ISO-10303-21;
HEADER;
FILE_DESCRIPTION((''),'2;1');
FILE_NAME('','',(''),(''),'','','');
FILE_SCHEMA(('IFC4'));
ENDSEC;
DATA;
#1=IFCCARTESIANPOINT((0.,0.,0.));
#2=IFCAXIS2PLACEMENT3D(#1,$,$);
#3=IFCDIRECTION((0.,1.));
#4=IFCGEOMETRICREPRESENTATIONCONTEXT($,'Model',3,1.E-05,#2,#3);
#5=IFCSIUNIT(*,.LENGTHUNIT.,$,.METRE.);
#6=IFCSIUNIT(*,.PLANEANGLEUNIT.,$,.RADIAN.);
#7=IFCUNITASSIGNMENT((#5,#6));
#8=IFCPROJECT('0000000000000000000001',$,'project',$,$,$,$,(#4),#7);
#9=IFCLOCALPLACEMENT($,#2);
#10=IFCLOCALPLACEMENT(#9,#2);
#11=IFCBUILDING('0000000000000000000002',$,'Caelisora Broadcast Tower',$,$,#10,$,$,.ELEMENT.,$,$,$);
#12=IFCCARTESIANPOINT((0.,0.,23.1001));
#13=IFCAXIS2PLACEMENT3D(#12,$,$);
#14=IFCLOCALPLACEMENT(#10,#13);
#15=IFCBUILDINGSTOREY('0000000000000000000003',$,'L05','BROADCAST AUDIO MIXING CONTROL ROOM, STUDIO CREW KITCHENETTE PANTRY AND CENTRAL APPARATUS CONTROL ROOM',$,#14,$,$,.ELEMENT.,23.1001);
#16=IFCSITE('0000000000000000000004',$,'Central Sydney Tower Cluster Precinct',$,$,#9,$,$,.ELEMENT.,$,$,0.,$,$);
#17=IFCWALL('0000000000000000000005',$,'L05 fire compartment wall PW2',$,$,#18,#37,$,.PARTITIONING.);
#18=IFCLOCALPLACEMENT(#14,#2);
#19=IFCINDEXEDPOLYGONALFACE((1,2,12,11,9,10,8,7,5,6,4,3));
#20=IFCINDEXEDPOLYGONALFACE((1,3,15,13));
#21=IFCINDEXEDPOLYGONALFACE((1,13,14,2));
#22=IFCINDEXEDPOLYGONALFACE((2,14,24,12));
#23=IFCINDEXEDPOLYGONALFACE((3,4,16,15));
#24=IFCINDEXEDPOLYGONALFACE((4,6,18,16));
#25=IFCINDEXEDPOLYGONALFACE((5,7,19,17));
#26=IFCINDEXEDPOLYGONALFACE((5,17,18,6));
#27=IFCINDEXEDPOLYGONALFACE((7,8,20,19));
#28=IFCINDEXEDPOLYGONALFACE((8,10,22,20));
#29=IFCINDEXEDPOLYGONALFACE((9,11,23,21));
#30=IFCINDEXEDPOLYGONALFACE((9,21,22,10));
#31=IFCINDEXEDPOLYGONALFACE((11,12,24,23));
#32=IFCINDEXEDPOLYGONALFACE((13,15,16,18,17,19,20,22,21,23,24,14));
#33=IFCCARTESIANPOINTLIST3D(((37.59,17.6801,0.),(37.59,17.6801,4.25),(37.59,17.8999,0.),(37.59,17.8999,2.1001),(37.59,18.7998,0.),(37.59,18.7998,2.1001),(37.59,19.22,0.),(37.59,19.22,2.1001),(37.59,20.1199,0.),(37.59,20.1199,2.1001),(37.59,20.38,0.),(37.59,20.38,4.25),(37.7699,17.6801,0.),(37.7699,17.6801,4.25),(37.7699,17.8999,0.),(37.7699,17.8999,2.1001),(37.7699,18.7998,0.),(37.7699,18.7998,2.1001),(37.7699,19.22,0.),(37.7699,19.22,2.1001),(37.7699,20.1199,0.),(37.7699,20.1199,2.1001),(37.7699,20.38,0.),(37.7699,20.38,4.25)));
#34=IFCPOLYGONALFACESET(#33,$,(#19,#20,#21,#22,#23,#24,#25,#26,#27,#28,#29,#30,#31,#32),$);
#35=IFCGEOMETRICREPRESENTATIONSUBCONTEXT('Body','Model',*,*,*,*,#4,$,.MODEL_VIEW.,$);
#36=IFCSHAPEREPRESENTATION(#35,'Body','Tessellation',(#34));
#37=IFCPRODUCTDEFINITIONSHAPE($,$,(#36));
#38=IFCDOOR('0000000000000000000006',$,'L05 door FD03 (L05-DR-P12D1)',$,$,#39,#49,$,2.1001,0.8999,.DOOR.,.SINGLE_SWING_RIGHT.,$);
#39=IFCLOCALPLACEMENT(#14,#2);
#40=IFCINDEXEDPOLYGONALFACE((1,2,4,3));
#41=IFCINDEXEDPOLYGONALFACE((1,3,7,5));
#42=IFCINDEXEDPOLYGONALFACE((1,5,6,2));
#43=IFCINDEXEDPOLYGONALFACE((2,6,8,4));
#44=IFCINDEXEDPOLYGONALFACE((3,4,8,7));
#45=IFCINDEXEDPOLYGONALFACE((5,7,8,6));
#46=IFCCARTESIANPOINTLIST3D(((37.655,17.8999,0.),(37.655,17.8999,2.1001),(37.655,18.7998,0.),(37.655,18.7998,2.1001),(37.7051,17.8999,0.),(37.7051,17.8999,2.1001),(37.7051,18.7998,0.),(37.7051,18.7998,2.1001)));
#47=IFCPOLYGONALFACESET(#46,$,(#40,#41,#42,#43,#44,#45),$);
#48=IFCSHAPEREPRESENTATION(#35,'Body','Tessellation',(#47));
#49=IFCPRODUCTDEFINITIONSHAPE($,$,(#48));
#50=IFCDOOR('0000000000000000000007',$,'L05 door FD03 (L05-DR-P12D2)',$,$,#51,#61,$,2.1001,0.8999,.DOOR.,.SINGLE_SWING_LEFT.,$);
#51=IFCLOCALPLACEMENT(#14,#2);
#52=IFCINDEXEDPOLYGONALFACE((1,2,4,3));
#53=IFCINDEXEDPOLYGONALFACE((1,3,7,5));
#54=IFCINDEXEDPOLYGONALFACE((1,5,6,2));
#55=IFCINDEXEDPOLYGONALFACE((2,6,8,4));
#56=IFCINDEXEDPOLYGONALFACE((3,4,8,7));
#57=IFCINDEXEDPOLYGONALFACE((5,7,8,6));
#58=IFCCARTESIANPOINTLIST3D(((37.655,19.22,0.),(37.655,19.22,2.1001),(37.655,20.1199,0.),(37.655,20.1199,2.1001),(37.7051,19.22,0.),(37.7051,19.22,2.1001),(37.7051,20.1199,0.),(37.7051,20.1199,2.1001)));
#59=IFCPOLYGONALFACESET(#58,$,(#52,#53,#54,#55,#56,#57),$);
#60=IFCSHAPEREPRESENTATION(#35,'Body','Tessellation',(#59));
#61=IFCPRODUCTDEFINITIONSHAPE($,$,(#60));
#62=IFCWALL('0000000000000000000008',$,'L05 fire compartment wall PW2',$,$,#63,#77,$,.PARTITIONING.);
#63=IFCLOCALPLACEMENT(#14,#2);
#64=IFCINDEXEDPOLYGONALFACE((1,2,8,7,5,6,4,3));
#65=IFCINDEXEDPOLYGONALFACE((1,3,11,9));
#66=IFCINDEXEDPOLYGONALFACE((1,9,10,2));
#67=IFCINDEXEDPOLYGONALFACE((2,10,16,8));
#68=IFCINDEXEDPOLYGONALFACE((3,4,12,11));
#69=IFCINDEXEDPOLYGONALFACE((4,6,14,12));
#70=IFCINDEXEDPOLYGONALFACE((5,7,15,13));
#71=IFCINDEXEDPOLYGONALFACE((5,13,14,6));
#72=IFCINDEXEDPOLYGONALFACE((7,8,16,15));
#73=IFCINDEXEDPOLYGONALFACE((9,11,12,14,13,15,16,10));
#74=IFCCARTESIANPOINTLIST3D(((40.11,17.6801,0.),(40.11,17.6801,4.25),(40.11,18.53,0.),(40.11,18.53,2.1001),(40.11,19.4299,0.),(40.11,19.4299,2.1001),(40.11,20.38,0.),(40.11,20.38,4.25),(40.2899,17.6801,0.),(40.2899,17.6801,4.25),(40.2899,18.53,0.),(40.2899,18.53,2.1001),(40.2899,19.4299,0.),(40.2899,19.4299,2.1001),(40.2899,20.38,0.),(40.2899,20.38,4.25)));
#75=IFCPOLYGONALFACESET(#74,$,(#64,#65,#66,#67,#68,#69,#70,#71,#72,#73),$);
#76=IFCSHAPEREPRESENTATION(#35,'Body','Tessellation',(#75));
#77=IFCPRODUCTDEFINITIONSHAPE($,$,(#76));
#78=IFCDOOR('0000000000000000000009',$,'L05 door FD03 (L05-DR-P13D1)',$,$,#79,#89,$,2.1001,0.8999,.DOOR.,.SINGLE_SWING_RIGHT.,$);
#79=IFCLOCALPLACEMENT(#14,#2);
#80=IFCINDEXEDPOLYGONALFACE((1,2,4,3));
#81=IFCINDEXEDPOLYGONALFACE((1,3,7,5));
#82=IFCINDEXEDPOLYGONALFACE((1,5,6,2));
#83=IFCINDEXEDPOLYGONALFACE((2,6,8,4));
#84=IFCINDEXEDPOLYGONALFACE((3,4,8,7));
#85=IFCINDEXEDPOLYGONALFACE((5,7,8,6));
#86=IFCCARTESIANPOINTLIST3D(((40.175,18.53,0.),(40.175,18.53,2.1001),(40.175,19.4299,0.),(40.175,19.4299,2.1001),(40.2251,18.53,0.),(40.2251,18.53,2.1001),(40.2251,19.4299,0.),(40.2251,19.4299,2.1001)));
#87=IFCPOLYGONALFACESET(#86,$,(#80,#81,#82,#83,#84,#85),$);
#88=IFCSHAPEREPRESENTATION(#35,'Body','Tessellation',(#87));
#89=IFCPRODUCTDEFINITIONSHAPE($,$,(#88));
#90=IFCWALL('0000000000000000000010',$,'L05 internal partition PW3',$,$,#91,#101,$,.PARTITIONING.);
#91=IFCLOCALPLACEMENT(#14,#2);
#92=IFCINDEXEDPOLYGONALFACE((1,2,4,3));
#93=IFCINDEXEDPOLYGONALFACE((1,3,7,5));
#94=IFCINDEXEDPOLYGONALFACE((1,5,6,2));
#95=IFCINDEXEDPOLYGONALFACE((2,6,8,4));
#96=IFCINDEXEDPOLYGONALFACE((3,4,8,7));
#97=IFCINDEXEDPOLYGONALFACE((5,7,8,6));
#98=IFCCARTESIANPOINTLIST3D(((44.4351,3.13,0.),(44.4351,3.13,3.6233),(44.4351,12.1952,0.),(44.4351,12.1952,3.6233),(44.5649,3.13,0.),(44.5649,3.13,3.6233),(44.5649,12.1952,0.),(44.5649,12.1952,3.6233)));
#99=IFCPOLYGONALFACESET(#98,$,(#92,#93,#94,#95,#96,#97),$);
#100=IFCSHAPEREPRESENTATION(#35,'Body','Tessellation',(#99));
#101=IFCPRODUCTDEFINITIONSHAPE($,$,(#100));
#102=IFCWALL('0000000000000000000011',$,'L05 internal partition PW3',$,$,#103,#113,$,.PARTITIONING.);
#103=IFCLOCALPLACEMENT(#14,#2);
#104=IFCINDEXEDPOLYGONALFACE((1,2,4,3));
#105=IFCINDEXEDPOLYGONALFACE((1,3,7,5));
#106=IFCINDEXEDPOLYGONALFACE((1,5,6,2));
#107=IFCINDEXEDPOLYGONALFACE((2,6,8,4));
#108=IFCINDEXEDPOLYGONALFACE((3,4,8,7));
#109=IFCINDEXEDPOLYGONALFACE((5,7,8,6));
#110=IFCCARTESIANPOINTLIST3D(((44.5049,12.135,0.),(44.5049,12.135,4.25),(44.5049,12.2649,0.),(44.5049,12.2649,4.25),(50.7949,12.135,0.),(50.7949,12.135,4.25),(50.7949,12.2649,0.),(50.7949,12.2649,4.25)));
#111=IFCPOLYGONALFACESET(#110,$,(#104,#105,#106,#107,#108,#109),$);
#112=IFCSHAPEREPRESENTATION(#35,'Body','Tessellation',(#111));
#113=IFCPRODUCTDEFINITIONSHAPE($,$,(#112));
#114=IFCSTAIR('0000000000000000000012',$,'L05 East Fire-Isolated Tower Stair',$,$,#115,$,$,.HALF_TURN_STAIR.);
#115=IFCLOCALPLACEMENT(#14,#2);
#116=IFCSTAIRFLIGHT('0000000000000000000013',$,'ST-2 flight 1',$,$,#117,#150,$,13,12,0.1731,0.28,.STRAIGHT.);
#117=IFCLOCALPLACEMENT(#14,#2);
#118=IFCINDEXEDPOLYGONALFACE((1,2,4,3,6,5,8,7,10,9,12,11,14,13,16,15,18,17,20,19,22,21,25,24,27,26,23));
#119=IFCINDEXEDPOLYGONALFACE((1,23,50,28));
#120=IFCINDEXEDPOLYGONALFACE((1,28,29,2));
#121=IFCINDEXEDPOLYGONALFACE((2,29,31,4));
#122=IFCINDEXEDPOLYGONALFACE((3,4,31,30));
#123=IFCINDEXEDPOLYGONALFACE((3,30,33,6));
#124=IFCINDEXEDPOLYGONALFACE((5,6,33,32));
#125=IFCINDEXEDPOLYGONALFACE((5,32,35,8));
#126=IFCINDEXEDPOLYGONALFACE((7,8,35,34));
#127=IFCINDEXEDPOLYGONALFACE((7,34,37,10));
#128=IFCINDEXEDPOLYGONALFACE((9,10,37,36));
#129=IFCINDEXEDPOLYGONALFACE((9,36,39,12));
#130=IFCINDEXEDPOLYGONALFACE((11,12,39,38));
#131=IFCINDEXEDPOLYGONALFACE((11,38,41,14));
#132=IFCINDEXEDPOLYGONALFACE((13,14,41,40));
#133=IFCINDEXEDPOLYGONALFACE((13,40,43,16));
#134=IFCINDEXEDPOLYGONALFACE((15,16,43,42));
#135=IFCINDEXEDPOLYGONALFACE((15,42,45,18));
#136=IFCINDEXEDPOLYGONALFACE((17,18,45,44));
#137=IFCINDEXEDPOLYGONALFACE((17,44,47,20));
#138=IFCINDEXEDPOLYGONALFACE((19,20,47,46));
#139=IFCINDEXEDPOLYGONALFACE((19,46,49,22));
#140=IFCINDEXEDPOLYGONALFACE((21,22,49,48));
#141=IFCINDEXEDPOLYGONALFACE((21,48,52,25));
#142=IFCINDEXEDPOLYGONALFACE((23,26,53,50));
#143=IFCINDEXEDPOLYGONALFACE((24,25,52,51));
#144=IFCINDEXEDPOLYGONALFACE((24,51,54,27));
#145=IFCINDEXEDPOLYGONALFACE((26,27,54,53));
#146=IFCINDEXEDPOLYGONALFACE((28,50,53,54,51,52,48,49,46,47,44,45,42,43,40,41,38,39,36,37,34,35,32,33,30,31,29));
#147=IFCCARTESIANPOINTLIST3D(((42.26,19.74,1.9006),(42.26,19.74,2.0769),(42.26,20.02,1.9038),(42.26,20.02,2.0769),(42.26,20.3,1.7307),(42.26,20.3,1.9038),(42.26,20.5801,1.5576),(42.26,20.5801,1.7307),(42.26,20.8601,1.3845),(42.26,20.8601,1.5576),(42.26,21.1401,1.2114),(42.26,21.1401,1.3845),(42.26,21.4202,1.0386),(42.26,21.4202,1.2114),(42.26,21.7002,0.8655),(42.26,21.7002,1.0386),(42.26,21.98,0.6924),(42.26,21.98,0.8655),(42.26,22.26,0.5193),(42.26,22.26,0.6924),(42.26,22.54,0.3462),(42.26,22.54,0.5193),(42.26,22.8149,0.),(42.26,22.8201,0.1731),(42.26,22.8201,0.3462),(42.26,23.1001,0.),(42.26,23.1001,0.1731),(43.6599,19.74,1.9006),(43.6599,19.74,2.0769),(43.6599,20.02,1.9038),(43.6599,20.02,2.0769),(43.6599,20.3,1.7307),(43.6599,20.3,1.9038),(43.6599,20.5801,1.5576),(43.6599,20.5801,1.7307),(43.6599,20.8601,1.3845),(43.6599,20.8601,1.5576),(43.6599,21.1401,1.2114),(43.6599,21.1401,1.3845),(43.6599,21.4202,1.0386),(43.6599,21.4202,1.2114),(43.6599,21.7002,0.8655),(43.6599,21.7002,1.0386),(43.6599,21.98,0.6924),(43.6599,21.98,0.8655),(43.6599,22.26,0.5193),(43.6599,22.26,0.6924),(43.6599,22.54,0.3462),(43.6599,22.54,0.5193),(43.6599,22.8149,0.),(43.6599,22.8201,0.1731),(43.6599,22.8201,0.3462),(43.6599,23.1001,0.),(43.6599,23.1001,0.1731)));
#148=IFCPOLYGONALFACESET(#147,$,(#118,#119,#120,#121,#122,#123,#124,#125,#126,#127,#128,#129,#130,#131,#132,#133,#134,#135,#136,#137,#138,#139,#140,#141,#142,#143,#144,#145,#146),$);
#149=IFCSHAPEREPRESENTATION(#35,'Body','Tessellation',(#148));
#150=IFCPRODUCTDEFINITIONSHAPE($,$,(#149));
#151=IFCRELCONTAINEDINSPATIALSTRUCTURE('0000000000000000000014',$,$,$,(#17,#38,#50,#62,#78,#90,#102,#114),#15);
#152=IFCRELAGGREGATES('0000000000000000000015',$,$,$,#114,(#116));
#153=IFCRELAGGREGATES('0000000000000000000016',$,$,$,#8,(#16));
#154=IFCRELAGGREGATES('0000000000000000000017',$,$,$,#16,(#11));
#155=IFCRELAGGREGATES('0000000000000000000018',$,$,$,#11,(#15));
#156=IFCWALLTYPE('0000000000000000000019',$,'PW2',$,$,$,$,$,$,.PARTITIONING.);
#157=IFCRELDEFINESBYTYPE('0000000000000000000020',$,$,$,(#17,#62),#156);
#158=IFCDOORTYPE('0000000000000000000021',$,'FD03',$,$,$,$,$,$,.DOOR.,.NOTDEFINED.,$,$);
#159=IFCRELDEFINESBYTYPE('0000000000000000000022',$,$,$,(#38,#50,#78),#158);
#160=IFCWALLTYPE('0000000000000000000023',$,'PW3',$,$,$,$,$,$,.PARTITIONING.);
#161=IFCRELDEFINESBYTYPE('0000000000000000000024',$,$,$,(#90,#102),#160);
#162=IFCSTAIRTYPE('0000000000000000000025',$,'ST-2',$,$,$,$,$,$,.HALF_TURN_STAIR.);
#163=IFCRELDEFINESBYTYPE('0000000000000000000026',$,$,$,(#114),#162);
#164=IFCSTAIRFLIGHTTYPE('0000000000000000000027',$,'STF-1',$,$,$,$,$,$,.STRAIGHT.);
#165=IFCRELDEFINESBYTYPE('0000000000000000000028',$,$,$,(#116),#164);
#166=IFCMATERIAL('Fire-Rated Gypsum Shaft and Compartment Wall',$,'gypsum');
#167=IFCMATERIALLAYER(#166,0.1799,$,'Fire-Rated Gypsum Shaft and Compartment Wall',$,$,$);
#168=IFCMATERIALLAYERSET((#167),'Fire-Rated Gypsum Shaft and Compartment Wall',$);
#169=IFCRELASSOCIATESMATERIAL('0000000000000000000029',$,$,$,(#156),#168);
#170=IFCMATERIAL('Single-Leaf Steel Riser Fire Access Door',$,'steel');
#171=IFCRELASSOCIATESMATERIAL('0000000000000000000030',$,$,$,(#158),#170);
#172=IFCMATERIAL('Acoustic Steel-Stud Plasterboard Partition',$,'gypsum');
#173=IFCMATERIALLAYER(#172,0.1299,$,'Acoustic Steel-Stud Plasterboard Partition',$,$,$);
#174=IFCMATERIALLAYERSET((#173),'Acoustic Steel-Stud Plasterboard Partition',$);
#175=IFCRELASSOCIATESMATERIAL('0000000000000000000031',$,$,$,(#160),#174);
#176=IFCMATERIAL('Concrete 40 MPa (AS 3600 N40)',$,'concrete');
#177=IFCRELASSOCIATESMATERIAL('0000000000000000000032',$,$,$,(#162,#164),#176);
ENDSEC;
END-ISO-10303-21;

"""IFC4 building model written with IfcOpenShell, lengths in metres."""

from ifc_helpers import new_model, si_unit, direction, frame, frame_2d, origin, place, context, subcontext, project, spatial, polyline, rectangle, outline, extrude, material, layer, layer_set, type_object, element, fill, aggregate, save


model = new_model("IFC4")

# Units and contexts
model_context = context("Model", 3, precision=1e-05, world=origin(), true_north=direction((0.0, 1.0)))
body_context = subcontext(model_context, "Body", "Model", "MODEL_VIEW")
ifc_project = project(units=[si_unit("LENGTHUNIT", "METRE"), si_unit("PLANEANGLEUNIT", "RADIAN")], contexts=[model_context])

# Site, building, storey
site_placement = place(None, origin())
site = spatial("IfcSite", under=ifc_project, at=site_placement, Name="Central Sydney Tower Cluster Precinct", CompositionType="ELEMENT", RefElevation=0.0)
building_placement = place(site_placement, origin())
building = spatial("IfcBuilding", under=site, at=building_placement, Name="Caelisora Broadcast Tower", CompositionType="ELEMENT")
storey_placement = place(building_placement, frame((0.0, 0.0, 23.1001)))
storey = spatial("IfcBuildingStorey", under=building, at=storey_placement, Name="L05", Description="BROADCAST AUDIO MIXING CONTROL ROOM, STUDIO CREW KITCHENETTE PANTRY AND CENTRAL APPARATUS CONTROL ROOM", CompositionType="ELEMENT", Elevation=23.1001)

# Shared definitions
ifc_material_1 = material(Name="Fire-Rated Gypsum Shaft and Compartment Wall", Category="gypsum")
ifc_layer_1 = layer(ifc_material_1, 0.1799, Name="Fire-Rated Gypsum Shaft and Compartment Wall")
ifc_layer_set_1 = layer_set([ifc_layer_1], Name="Fire-Rated Gypsum Shaft and Compartment Wall")
wall_type_1 = type_object("IfcWallType", Name="PW2", PredefinedType="PARTITIONING", material=ifc_layer_set_1)

# Wall, openings, doors
wall_1_placement = place(storey_placement, frame((37.6799, 17.6799, 0.0), z_axis=(0.0, 0.0, 1.0), x_axis=(0.0, 1.0, 0.0)))
wall_1 = element("IfcWall", 1, at=wall_1_placement, inside=storey, type_object=wall_type_1, Name="L05 fire compartment wall PW2", PredefinedType="PARTITIONING", context=body_context, shape_type="SweptSolid", body=[
    extrude(rectangle(XDim=2.7, YDim=0.1799, at=frame_2d((1.3501, 0.0))), origin(), (0.0, 0.0, 1.0), 4.25),
])
opening_1_placement = place(wall_1_placement, frame((0.22, 0.0, 0.0)))
opening_1 = element("IfcOpeningElement", 2, at=opening_1_placement, cuts=wall_1, PredefinedType="OPENING", context=body_context, shape_type="SweptSolid", body=[
    extrude(rectangle(XDim=0.8999, YDim=2.1001, at=frame_2d((0.45, 1.05))), frame((0.0, 0.1021, 0.0), z_axis=(0.0, -1.0, 0.0), x_axis=(1.0, 0.0, 0.0)), (0.0, 0.0, 1.0), 0.2039),
])
opening_2_placement = place(wall_1_placement, frame((1.54, 0.0, 0.0)))
opening_2 = element("IfcOpeningElement", 3, at=opening_2_placement, cuts=wall_1, PredefinedType="OPENING", context=body_context, shape_type="SweptSolid", body=[
    extrude(rectangle(XDim=0.8999, YDim=2.1001, at=frame_2d((0.45, 1.05))), frame((0.0, 0.1021, 0.0), z_axis=(0.0, -1.0, 0.0), x_axis=(1.0, 0.0, 0.0)), (0.0, 0.0, 1.0), 0.2039),
])
ifc_material_2 = material(Name="Single-Leaf Steel Riser Fire Access Door", Category="steel")
door_type_1 = type_object("IfcDoorType", Name="FD03", OperationType="NOTDEFINED", PredefinedType="DOOR", material=ifc_material_2)
door_1_placement = place(opening_1_placement, origin())
door_1 = element("IfcDoor", 4, at=door_1_placement, inside=storey, type_object=door_type_1, Name="L05 door FD03 (L05-DR-P12D1)", OperationType="SINGLE_SWING_RIGHT", OverallHeight=2.1001, OverallWidth=0.8999, PredefinedType="DOOR", context=body_context, shape_type="SweptSolid", body=[
    extrude(rectangle(XDim=0.8999, YDim=2.1001, at=frame_2d((0.45, 1.05))), frame((0.0, 0.0249, 0.0), z_axis=(0.0, -1.0, 0.0), x_axis=(1.0, 0.0, 0.0)), (0.0, 0.0, 1.0), 0.05),
])
fill(opening_1, door_1)
door_2_placement = place(opening_2_placement, origin())
door_2 = element("IfcDoor", 5, at=door_2_placement, inside=storey, type_object=door_type_1, Name="L05 door FD03 (L05-DR-P12D2)", OperationType="SINGLE_SWING_LEFT", OverallHeight=2.1001, OverallWidth=0.8999, PredefinedType="DOOR", context=body_context, shape_type="SweptSolid", body=[
    extrude(rectangle(XDim=0.8999, YDim=2.1001, at=frame_2d((0.45, 1.05))), frame((0.0, 0.0249, 0.0), z_axis=(0.0, -1.0, 0.0), x_axis=(1.0, 0.0, 0.0)), (0.0, 0.0, 1.0), 0.05),
])
fill(opening_2, door_2)

# Wall, opening, door
wall_2_placement = place(storey_placement, frame((40.2, 17.6799, 0.0), z_axis=(0.0, 0.0, 1.0), x_axis=(0.0, 1.0, 0.0)))
wall_2 = element("IfcWall", 6, at=wall_2_placement, inside=storey, type_object=wall_type_1, Name="L05 fire compartment wall PW2", PredefinedType="PARTITIONING", context=body_context, shape_type="SweptSolid", body=[
    extrude(rectangle(XDim=2.7, YDim=0.1799, at=frame_2d((1.3501, 0.0))), origin(), (0.0, 0.0, 1.0), 4.25),
])
opening_3_placement = place(wall_2_placement, frame((0.8501, 0.0, 0.0)))
opening_3 = element("IfcOpeningElement", 7, at=opening_3_placement, cuts=wall_2, PredefinedType="OPENING", context=body_context, shape_type="SweptSolid", body=[
    extrude(rectangle(XDim=0.8999, YDim=2.1001, at=frame_2d((0.45, 1.05))), frame((0.0, 0.1021, 0.0), z_axis=(0.0, -1.0, 0.0), x_axis=(1.0, 0.0, 0.0)), (0.0, 0.0, 1.0), 0.2039),
])
door_3_placement = place(opening_3_placement, origin())
door_3 = element("IfcDoor", 8, at=door_3_placement, inside=storey, type_object=door_type_1, Name="L05 door FD03 (L05-DR-P13D1)", OperationType="SINGLE_SWING_RIGHT", OverallHeight=2.1001, OverallWidth=0.8999, PredefinedType="DOOR", context=body_context, shape_type="SweptSolid", body=[
    extrude(rectangle(XDim=0.8999, YDim=2.1001, at=frame_2d((0.45, 1.05))), frame((0.0, 0.0249, 0.0), z_axis=(0.0, -1.0, 0.0), x_axis=(1.0, 0.0, 0.0)), (0.0, 0.0, 1.0), 0.05),
])
fill(opening_3, door_3)

# Walls
ifc_material_3 = material(Name="Acoustic Steel-Stud Plasterboard Partition", Category="gypsum")
ifc_layer_2 = layer(ifc_material_3, 0.1299, Name="Acoustic Steel-Stud Plasterboard Partition")
ifc_layer_set_2 = layer_set([ifc_layer_2], Name="Acoustic Steel-Stud Plasterboard Partition")
wall_type_2 = type_object("IfcWallType", Name="PW3", PredefinedType="PARTITIONING", material=ifc_layer_set_2)
wall_3_placement = place(storey_placement, frame((44.5, 3.1299, 0.0), z_axis=(0.0, 0.0, 1.0), x_axis=(0.0, 1.0, 0.0)))
element("IfcWall", 9, at=wall_3_placement, inside=storey, type_object=wall_type_2, Name="L05 internal partition PW3", PredefinedType="PARTITIONING", context=body_context, shape_type="SweptSolid", body=[
    extrude(rectangle(XDim=9.0652, YDim=0.1299, at=frame_2d((4.5327, 0.0))), origin(), (0.0, 0.0, 1.0), 3.6233),
])
wall_4_placement = place(storey_placement, frame((44.5049, 12.2, 0.0), z_axis=(0.0, 0.0, 1.0), x_axis=(1.0, 0.0, 0.0)))
element("IfcWall", 10, at=wall_4_placement, inside=storey, type_object=wall_type_2, Name="L05 internal partition PW3", PredefinedType="PARTITIONING", context=body_context, shape_type="SweptSolid", body=[
    extrude(rectangle(XDim=6.29, YDim=0.1299, at=frame_2d((3.145, 0.0))), origin(), (0.0, 0.0, 1.0), 4.25),
])

# Stair, stair flight
ifc_material_4 = material(Name="Concrete 40 MPa (AS 3600 N40)", Category="concrete")
stair_type = type_object("IfcStairType", Name="ST-2", PredefinedType="HALF_TURN_STAIR", material=ifc_material_4)
stair_placement = place(storey_placement, origin())
stair = element("IfcStair", 11, at=stair_placement, inside=storey, type_object=stair_type, Name="L05 East Fire-Isolated Tower Stair", PredefinedType="HALF_TURN_STAIR")
stair_flight_type = type_object("IfcStairFlightType", Name="STF-1", PredefinedType="STRAIGHT", material=ifc_material_4)
stair_flight_1_placement = place(storey_placement, frame((42.96, 23.1001, 0.0), z_axis=(0.0, 0.0, 1.0), x_axis=(0.0, -1.0, 0.0)))
stair_flight_1 = element("IfcStairFlight", 12, at=stair_flight_1_placement, type_object=stair_flight_type, Name="ST-2 flight 1", NumberOfRisers=13, NumberOfTreads=12, PredefinedType="STRAIGHT", RiserHeight=0.1731, TreadLength=0.28, context=body_context, shape_type="SweptSolid", body=[
    extrude(outline(polyline([(0.0, 0.0), (0.0, 0.1731), (0.28, 0.1731), (0.28, 0.3462), (0.5601, 0.3462), (0.5601, 0.5193), (0.8401, 0.5193), (0.8401, 0.6924), (1.1201, 0.6924), (1.1201, 0.8655), (1.3999, 0.8655), (1.3999, 1.0386), (1.6799, 1.0386), (1.6799, 1.2114), (1.96, 1.2114), (1.96, 1.3845), (2.24, 1.3845), (2.24, 1.5576), (2.52, 1.5576), (2.52, 1.7307), (2.8, 1.7307), (2.8, 1.9038), (3.0801, 1.9038), (3.0801, 2.0769), (3.3601, 2.0769), (3.3601, 2.25), (3.3601, 1.9006), (0.2852, 0.0), (0.0, 0.0)])), frame((0.0, 0.7, 0.0), z_axis=(0.0, -1.0, 0.0), x_axis=(1.0, 0.0, 0.0)), (0.0, 0.0, 1.0), 1.3999),
])
aggregate(stair, [stair_flight_1])

save(model, "model.ifc")
